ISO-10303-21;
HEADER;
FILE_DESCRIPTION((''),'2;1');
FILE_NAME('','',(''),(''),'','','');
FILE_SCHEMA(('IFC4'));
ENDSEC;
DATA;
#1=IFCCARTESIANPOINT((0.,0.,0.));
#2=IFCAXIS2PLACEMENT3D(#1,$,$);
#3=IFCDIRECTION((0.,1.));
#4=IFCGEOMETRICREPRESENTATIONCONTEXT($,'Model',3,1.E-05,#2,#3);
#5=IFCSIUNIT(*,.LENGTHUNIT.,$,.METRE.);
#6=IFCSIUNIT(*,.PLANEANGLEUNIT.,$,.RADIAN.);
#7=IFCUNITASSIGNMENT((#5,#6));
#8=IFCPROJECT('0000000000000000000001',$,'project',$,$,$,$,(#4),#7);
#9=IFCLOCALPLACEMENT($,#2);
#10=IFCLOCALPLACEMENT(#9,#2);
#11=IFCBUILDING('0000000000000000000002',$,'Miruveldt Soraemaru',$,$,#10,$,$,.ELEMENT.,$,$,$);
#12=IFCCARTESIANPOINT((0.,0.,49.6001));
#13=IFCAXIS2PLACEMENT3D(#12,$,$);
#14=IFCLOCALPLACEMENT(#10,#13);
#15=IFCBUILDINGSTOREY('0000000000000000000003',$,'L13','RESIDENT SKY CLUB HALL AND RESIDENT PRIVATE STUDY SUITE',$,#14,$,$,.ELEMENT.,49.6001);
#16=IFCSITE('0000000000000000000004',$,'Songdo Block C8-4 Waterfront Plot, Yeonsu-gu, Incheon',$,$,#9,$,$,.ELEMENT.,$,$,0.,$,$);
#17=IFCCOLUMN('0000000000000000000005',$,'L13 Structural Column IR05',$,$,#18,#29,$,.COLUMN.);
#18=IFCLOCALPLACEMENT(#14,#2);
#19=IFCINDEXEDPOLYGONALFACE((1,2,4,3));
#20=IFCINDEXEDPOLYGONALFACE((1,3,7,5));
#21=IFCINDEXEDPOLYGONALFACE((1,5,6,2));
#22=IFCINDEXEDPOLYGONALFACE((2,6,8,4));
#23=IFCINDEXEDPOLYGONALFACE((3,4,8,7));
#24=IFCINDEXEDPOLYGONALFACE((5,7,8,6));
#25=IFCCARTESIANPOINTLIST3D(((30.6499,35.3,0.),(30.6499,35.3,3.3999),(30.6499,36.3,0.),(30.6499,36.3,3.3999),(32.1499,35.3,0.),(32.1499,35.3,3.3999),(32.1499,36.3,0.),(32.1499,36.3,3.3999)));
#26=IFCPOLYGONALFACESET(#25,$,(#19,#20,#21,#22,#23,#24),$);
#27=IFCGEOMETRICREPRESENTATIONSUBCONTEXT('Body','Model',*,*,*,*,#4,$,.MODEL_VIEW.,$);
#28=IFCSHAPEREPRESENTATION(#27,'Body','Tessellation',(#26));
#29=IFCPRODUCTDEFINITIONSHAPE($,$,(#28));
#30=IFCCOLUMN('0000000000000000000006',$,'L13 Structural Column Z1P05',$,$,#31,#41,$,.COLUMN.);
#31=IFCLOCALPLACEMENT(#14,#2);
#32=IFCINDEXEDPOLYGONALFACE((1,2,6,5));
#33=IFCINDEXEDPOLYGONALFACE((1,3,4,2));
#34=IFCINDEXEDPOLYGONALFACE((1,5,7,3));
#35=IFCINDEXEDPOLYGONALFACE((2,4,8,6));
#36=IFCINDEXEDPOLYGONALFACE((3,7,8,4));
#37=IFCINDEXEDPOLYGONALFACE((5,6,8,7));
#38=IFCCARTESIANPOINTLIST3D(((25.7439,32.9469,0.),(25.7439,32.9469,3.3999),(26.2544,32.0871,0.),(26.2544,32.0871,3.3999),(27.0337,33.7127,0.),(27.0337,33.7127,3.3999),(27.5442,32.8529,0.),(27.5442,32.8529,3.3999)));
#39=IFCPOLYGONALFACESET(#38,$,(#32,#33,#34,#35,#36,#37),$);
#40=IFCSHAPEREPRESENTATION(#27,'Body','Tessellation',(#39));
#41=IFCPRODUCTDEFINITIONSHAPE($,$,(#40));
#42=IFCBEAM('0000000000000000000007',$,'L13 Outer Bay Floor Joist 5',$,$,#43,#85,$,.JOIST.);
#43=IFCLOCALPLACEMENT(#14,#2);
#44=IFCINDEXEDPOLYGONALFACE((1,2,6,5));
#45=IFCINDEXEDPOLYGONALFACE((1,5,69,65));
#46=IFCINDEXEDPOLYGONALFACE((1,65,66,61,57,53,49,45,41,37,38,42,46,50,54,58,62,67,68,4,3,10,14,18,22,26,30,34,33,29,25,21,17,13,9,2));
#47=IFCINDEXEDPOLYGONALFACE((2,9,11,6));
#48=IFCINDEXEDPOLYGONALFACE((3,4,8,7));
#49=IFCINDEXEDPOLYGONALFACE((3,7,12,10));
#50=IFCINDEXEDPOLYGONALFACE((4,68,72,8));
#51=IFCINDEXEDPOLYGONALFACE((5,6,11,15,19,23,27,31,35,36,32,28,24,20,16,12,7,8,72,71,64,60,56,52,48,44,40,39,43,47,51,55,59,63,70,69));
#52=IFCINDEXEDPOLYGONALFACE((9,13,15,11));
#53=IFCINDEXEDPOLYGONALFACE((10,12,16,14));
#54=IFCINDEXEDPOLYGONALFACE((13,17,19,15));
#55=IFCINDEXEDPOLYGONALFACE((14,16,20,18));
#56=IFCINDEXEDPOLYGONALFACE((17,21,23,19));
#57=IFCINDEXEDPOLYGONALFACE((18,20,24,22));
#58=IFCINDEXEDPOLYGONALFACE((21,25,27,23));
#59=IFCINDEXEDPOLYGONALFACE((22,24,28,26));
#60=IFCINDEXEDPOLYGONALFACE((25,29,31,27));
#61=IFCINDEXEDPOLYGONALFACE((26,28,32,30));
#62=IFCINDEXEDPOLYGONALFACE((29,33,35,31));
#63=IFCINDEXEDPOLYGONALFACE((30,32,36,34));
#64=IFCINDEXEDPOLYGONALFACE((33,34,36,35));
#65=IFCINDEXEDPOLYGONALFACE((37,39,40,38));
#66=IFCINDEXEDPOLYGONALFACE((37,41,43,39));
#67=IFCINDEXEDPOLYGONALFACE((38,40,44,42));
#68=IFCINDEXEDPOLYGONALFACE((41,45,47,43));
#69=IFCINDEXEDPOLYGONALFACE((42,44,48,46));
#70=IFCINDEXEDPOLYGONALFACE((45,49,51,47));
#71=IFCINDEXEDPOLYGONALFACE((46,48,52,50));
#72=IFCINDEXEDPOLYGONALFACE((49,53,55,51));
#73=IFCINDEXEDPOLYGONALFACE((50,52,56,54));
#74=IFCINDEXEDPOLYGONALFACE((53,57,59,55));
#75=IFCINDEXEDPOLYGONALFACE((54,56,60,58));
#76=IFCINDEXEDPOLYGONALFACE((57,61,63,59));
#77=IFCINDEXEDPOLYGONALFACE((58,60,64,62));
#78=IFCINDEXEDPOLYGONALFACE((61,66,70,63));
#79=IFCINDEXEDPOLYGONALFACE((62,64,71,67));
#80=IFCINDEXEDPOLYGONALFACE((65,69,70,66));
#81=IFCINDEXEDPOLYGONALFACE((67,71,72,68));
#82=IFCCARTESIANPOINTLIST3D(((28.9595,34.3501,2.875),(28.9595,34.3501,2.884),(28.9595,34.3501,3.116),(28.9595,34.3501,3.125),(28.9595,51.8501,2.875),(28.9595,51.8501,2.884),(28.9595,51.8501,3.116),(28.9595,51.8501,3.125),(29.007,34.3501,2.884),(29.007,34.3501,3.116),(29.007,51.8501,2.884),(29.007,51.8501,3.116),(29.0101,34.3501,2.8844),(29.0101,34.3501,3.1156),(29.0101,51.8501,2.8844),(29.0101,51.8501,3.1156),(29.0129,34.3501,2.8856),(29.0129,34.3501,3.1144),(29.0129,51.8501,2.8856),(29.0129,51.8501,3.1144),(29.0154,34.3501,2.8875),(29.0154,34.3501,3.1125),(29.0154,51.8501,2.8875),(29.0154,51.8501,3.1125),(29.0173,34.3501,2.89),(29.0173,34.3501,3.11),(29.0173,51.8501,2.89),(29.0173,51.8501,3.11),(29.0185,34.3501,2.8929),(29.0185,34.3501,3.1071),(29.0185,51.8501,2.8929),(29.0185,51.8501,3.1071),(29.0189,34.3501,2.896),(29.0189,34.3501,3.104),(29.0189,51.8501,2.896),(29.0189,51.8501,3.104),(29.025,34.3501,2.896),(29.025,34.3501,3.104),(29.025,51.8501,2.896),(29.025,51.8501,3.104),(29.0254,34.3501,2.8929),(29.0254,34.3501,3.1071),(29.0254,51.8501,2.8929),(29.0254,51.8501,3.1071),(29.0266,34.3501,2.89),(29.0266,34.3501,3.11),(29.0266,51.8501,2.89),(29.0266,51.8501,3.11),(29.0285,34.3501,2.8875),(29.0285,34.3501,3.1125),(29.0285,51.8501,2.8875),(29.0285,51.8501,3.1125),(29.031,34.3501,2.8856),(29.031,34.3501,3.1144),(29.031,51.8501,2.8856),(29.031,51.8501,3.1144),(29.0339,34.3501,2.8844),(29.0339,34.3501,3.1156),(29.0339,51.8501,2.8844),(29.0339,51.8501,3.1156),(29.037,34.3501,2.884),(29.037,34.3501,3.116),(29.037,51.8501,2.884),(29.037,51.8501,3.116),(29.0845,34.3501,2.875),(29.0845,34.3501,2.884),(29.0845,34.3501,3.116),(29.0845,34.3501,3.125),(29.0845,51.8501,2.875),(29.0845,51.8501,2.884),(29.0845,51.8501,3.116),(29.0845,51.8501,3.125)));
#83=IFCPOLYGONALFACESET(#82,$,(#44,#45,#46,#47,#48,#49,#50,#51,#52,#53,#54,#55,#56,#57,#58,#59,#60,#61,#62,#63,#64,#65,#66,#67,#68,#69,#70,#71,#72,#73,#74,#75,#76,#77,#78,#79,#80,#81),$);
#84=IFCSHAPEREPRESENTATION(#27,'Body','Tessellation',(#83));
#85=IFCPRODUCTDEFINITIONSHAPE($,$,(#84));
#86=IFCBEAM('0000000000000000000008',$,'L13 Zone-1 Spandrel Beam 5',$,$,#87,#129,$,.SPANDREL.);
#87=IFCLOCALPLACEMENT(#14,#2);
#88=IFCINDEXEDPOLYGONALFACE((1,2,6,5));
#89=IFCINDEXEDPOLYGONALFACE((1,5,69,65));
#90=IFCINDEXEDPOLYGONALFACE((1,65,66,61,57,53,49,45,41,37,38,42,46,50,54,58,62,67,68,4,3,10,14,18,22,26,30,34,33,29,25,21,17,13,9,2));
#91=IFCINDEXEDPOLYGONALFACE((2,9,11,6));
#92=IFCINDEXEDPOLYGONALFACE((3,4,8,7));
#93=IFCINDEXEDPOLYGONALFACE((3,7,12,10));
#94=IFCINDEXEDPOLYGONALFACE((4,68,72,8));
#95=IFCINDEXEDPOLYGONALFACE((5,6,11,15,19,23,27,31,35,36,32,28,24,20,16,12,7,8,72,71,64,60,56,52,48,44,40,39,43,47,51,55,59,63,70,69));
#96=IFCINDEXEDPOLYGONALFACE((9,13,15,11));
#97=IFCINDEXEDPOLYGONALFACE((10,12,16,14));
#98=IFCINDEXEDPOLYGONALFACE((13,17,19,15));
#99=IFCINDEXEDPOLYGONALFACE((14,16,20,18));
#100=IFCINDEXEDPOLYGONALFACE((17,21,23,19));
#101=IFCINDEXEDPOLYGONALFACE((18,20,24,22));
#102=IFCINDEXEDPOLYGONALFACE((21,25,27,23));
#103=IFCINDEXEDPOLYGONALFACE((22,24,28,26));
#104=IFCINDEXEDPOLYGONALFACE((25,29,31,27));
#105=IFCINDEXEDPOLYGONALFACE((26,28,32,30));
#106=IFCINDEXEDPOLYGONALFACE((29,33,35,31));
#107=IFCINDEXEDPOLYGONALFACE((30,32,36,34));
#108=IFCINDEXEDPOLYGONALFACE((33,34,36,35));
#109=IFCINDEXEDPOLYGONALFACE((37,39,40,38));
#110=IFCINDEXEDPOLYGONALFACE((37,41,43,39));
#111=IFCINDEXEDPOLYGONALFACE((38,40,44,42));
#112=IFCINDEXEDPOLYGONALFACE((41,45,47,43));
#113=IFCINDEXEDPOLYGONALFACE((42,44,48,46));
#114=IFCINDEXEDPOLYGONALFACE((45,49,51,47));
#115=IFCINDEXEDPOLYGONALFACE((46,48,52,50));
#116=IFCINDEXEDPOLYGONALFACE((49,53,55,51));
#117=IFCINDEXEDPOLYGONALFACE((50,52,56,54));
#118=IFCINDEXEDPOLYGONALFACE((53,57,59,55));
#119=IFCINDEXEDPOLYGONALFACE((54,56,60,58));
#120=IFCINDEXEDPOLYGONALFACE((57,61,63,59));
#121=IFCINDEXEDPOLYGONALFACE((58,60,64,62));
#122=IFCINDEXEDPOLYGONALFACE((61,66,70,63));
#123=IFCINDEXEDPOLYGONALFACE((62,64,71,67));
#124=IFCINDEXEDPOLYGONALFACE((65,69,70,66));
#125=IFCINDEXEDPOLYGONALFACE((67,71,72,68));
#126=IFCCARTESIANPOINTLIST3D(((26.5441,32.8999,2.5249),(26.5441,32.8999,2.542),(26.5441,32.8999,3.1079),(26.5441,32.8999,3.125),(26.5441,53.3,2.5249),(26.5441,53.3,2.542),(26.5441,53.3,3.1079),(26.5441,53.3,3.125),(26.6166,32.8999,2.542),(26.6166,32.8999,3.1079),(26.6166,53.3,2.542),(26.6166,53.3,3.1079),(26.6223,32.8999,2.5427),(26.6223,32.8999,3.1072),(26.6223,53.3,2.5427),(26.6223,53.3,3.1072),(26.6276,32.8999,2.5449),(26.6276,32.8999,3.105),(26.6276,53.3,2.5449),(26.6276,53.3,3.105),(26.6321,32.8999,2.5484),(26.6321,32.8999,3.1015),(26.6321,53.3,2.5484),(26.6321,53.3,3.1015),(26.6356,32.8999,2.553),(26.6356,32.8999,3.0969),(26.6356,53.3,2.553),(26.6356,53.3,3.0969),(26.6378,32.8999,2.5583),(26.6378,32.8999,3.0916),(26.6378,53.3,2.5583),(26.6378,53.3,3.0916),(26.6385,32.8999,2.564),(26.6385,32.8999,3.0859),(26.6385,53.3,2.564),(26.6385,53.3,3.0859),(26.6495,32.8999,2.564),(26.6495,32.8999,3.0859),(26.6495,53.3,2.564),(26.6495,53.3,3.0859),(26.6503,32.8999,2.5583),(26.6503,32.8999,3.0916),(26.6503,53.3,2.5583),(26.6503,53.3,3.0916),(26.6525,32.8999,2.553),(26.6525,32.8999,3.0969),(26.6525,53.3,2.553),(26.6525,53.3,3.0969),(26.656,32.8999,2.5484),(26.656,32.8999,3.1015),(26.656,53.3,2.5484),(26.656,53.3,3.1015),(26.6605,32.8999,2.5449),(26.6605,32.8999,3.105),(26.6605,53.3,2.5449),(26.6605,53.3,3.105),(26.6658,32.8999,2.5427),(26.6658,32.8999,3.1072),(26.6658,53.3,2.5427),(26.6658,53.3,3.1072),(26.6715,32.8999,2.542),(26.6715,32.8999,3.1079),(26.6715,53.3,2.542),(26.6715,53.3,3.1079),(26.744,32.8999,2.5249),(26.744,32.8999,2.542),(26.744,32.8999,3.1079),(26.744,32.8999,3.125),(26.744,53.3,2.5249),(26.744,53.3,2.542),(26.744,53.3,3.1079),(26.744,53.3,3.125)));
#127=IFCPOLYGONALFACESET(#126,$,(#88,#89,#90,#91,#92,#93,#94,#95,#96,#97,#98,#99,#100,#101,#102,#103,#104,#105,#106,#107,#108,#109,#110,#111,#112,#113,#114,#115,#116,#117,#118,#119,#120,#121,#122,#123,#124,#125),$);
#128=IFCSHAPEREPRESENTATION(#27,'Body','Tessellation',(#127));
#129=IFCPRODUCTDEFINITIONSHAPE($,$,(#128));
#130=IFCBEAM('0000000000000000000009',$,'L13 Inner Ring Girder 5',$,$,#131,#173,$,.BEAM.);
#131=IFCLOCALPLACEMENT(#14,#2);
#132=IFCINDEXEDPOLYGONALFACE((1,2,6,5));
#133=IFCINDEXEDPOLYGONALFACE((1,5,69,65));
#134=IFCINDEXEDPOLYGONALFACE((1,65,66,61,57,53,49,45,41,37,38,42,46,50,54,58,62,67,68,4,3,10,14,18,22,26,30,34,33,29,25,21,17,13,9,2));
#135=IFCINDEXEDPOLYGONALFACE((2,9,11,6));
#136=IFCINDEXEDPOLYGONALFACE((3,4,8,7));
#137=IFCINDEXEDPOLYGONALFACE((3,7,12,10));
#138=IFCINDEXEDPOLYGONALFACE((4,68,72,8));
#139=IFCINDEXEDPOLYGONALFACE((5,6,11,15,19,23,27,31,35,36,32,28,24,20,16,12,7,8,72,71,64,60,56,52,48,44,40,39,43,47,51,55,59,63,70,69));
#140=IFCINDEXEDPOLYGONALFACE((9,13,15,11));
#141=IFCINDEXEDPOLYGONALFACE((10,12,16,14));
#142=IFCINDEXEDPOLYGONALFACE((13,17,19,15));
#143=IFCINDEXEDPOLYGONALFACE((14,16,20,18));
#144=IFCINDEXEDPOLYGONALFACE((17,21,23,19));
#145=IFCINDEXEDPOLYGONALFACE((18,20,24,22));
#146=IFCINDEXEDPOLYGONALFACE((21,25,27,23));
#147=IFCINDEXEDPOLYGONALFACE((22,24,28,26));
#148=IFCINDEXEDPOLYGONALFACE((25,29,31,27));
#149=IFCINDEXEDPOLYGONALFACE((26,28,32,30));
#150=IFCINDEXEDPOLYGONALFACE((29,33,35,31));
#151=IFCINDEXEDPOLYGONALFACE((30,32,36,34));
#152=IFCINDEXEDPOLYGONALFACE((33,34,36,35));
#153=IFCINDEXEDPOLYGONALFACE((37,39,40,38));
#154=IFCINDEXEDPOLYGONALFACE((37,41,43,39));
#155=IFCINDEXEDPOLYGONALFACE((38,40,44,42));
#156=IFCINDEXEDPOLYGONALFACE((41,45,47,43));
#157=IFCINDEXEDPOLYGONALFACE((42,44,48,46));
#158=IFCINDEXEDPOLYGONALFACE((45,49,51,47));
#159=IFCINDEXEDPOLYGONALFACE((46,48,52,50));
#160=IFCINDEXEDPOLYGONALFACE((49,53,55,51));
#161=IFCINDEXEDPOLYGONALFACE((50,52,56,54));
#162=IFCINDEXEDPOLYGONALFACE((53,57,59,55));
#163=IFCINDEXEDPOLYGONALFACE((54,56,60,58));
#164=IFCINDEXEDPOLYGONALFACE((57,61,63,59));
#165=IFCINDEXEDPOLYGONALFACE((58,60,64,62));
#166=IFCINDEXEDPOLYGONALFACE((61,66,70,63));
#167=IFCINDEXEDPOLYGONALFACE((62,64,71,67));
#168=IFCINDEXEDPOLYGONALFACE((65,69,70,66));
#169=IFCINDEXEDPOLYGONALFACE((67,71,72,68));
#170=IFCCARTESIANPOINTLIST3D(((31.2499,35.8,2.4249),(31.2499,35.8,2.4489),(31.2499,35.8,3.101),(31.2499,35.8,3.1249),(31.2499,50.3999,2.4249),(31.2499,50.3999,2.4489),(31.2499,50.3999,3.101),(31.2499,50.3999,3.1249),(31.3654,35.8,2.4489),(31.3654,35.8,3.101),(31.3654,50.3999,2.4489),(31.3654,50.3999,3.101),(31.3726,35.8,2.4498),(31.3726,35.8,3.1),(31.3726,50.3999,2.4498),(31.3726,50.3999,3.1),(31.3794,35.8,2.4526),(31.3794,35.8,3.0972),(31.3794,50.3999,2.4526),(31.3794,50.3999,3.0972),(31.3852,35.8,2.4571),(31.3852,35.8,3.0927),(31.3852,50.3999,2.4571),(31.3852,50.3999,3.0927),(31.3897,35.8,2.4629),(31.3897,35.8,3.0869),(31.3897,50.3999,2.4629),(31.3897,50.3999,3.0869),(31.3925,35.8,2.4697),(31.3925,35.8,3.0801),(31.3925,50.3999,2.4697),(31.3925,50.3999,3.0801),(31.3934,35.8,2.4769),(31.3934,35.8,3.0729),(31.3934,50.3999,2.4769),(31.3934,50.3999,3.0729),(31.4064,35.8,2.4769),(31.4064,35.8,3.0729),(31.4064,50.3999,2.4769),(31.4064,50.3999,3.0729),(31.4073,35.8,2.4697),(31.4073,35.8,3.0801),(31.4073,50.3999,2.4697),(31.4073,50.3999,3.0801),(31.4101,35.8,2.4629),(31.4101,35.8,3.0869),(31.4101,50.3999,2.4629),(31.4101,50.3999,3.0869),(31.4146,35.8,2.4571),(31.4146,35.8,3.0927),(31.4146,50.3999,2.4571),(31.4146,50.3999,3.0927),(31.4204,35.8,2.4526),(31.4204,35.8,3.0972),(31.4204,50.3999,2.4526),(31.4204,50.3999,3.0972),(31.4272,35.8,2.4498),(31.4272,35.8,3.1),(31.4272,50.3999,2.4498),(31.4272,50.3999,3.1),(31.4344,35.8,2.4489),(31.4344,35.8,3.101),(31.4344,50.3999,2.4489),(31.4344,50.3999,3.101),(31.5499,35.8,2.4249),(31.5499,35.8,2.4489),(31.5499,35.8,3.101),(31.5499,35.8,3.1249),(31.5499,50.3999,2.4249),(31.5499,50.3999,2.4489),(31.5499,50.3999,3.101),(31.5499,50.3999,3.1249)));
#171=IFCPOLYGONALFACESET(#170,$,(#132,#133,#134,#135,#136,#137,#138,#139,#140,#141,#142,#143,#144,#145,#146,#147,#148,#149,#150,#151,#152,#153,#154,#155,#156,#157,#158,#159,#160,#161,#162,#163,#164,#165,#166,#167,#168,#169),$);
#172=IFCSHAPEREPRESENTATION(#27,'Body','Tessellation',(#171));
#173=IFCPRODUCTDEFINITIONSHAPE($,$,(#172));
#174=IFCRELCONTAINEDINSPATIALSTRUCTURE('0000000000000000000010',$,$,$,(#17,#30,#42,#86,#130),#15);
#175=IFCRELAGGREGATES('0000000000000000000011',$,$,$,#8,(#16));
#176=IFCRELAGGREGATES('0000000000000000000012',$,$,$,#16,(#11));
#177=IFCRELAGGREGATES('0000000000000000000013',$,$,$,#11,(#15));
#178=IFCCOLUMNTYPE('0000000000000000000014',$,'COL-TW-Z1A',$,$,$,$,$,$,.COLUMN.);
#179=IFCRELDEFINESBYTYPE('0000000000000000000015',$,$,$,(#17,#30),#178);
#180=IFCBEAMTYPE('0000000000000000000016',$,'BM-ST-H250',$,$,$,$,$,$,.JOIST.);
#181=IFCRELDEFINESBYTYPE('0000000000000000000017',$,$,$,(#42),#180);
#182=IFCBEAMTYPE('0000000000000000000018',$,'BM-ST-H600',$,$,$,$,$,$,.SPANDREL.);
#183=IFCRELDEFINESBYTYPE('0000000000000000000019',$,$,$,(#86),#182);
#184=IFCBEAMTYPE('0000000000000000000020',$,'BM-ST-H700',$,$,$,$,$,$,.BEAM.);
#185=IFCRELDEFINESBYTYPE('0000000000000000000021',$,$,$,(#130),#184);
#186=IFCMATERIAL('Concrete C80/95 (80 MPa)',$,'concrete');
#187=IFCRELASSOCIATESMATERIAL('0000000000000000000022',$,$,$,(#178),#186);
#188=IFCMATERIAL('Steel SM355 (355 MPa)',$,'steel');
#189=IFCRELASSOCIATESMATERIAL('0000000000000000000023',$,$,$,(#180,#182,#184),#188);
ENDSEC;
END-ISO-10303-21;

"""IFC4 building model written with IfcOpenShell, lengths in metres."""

from ifc_helpers import new_model, si_unit, direction, frame, origin, origin_2d, place, context, subcontext, project, spatial, rectangle, i_section, extrude, material, material_profile, profile_set, type_object, element, save


model = new_model("IFC4")

# Units and contexts
model_context = context("Model", 3, precision=1e-05, world=origin(), true_north=direction((0.0, 1.0)))
body_context = subcontext(model_context, "Body", "Model", "MODEL_VIEW")
ifc_project = project(units=[si_unit("LENGTHUNIT", "METRE"), si_unit("PLANEANGLEUNIT", "RADIAN")], contexts=[model_context])

# Site, building, storey
site_placement = place(None, origin())
site = spatial("IfcSite", under=ifc_project, at=site_placement, Name="Songdo Block C8-4 Waterfront Plot, Yeonsu-gu, Incheon", CompositionType="ELEMENT", RefElevation=0.0)
building_placement = place(site_placement, origin())
building = spatial("IfcBuilding", under=site, at=building_placement, Name="Miruveldt Soraemaru", CompositionType="ELEMENT")
storey_placement = place(building_placement, frame((0.0, 0.0, 49.6001)))
storey = spatial("IfcBuildingStorey", under=building, at=storey_placement, Name="L13", Description="RESIDENT SKY CLUB HALL AND RESIDENT PRIVATE STUDY SUITE", CompositionType="ELEMENT", Elevation=49.6001)

# Columns
ifc_material_1 = material(Name="Concrete C80/95 (80 MPa)", Category="concrete")
ifc_material_profile_1 = material_profile(ifc_material_1, rectangle(XDim=1.5, YDim=1.0, at=origin_2d()), Name="Concrete C80/95 (80 MPa)", Category="concrete")
ifc_profile_set_1 = profile_set([ifc_material_profile_1], Name="Concrete C80/95 (80 MPa)")
column_type = type_object("IfcColumnType", Name="COL-TW-Z1A", PredefinedType="COLUMN", material=ifc_profile_set_1)
for number, where, z_axis, x_axis, name in (
    (1, (31.3999, 35.8, 0.0), (0.0, 0.0, 1.0), (1.0, 0.0, 0.0), "L13 Structural Column IR05"),
    (2, (26.644, 32.8999, 0.0), (0.0, 0.0, 1.0), (0.859852, 0.510543, 0.0), "L13 Structural Column Z1P05"),
):
    element("IfcColumn", number, at=place(storey_placement, frame(where, z_axis=z_axis, x_axis=x_axis)), inside=storey, type_object=column_type, Name=name, PredefinedType="COLUMN", context=body_context, shape_type="SweptSolid", body=[
        extrude(rectangle(XDim=1.5, YDim=1.0, at=origin_2d()), origin(), (0.0, 0.0, 1.0), 3.3999),
    ])

# Beams
ifc_material_2 = material(Name="Steel SM355 (355 MPa)", Category="steel")
ifc_material_profile_2 = material_profile(ifc_material_2, i_section(OverallWidth=0.125, OverallDepth=0.25, WebThickness=0.0061, FlangeThickness=0.009, FilletRadius=0.012, at=origin_2d()), Name="Steel SM355 (355 MPa)", Category="steel")
ifc_profile_set_2 = profile_set([ifc_material_profile_2], Name="Steel SM355 (355 MPa)")
beam_type_1 = type_object("IfcBeamType", Name="BM-ST-H250", PredefinedType="JOIST", material=ifc_profile_set_2)
beam_1_placement = place(storey_placement, frame((29.022, 34.3501, 3.0), z_axis=(0.0, 1.0, 0.0), x_axis=(-1.0, 0.0, 0.0)))
element("IfcBeam", 3, at=beam_1_placement, inside=storey, type_object=beam_type_1, Name="L13 Outer Bay Floor Joist 5", PredefinedType="JOIST", context=body_context, shape_type="SweptSolid", body=[
    extrude(i_section(OverallWidth=0.125, OverallDepth=0.25, WebThickness=0.0061, FlangeThickness=0.009, FilletRadius=0.012, at=origin_2d()), origin(), (0.0, 0.0, 1.0), 17.5),
])
ifc_material_profile_3 = material_profile(ifc_material_2, i_section(OverallWidth=0.2, OverallDepth=0.6001, WebThickness=0.011, FlangeThickness=0.0171, FilletRadius=0.022, at=origin_2d()), Name="Steel SM355 (355 MPa)", Category="steel")
ifc_profile_set_3 = profile_set([ifc_material_profile_3], Name="Steel SM355 (355 MPa)")
beam_type_2 = type_object("IfcBeamType", Name="BM-ST-H600", PredefinedType="SPANDREL", material=ifc_profile_set_3)
beam_2_placement = place(storey_placement, frame((26.644, 32.8999, 2.825), z_axis=(0.0, 1.0, 0.0), x_axis=(-1.0, 0.0, 0.0)))
element("IfcBeam", 4, at=beam_2_placement, inside=storey, type_object=beam_type_2, Name="L13 Zone-1 Spandrel Beam 5", PredefinedType="SPANDREL", context=body_context, shape_type="SweptSolid", body=[
    extrude(i_section(OverallWidth=0.2, OverallDepth=0.6001, WebThickness=0.011, FlangeThickness=0.0171, FilletRadius=0.022, at=origin_2d()), origin(), (0.0, 0.0, 1.0), 20.4001),
])
ifc_material_profile_4 = material_profile(ifc_material_2, i_section(OverallWidth=0.3, OverallDepth=0.7, WebThickness=0.0129, FlangeThickness=0.0239, FilletRadius=0.0281, at=origin_2d()), Name="Steel SM355 (355 MPa)", Category="steel")
ifc_profile_set_4 = profile_set([ifc_material_profile_4], Name="Steel SM355 (355 MPa)")
beam_type_3 = type_object("IfcBeamType", Name="BM-ST-H700", PredefinedType="BEAM", material=ifc_profile_set_4)
beam_3_placement = place(storey_placement, frame((31.3999, 35.8, 2.7749), z_axis=(0.0, 1.0, 0.0), x_axis=(-1.0, 0.0, 0.0)))
element("IfcBeam", 5, at=beam_3_placement, inside=storey, type_object=beam_type_3, Name="L13 Inner Ring Girder 5", PredefinedType="BEAM", context=body_context, shape_type="SweptSolid", body=[
    extrude(i_section(OverallWidth=0.3, OverallDepth=0.7, WebThickness=0.0129, FlangeThickness=0.0239, FilletRadius=0.0281, at=origin_2d()), origin(), (0.0, 0.0, 1.0), 14.5999),
])

save(model, "model.ifc")
